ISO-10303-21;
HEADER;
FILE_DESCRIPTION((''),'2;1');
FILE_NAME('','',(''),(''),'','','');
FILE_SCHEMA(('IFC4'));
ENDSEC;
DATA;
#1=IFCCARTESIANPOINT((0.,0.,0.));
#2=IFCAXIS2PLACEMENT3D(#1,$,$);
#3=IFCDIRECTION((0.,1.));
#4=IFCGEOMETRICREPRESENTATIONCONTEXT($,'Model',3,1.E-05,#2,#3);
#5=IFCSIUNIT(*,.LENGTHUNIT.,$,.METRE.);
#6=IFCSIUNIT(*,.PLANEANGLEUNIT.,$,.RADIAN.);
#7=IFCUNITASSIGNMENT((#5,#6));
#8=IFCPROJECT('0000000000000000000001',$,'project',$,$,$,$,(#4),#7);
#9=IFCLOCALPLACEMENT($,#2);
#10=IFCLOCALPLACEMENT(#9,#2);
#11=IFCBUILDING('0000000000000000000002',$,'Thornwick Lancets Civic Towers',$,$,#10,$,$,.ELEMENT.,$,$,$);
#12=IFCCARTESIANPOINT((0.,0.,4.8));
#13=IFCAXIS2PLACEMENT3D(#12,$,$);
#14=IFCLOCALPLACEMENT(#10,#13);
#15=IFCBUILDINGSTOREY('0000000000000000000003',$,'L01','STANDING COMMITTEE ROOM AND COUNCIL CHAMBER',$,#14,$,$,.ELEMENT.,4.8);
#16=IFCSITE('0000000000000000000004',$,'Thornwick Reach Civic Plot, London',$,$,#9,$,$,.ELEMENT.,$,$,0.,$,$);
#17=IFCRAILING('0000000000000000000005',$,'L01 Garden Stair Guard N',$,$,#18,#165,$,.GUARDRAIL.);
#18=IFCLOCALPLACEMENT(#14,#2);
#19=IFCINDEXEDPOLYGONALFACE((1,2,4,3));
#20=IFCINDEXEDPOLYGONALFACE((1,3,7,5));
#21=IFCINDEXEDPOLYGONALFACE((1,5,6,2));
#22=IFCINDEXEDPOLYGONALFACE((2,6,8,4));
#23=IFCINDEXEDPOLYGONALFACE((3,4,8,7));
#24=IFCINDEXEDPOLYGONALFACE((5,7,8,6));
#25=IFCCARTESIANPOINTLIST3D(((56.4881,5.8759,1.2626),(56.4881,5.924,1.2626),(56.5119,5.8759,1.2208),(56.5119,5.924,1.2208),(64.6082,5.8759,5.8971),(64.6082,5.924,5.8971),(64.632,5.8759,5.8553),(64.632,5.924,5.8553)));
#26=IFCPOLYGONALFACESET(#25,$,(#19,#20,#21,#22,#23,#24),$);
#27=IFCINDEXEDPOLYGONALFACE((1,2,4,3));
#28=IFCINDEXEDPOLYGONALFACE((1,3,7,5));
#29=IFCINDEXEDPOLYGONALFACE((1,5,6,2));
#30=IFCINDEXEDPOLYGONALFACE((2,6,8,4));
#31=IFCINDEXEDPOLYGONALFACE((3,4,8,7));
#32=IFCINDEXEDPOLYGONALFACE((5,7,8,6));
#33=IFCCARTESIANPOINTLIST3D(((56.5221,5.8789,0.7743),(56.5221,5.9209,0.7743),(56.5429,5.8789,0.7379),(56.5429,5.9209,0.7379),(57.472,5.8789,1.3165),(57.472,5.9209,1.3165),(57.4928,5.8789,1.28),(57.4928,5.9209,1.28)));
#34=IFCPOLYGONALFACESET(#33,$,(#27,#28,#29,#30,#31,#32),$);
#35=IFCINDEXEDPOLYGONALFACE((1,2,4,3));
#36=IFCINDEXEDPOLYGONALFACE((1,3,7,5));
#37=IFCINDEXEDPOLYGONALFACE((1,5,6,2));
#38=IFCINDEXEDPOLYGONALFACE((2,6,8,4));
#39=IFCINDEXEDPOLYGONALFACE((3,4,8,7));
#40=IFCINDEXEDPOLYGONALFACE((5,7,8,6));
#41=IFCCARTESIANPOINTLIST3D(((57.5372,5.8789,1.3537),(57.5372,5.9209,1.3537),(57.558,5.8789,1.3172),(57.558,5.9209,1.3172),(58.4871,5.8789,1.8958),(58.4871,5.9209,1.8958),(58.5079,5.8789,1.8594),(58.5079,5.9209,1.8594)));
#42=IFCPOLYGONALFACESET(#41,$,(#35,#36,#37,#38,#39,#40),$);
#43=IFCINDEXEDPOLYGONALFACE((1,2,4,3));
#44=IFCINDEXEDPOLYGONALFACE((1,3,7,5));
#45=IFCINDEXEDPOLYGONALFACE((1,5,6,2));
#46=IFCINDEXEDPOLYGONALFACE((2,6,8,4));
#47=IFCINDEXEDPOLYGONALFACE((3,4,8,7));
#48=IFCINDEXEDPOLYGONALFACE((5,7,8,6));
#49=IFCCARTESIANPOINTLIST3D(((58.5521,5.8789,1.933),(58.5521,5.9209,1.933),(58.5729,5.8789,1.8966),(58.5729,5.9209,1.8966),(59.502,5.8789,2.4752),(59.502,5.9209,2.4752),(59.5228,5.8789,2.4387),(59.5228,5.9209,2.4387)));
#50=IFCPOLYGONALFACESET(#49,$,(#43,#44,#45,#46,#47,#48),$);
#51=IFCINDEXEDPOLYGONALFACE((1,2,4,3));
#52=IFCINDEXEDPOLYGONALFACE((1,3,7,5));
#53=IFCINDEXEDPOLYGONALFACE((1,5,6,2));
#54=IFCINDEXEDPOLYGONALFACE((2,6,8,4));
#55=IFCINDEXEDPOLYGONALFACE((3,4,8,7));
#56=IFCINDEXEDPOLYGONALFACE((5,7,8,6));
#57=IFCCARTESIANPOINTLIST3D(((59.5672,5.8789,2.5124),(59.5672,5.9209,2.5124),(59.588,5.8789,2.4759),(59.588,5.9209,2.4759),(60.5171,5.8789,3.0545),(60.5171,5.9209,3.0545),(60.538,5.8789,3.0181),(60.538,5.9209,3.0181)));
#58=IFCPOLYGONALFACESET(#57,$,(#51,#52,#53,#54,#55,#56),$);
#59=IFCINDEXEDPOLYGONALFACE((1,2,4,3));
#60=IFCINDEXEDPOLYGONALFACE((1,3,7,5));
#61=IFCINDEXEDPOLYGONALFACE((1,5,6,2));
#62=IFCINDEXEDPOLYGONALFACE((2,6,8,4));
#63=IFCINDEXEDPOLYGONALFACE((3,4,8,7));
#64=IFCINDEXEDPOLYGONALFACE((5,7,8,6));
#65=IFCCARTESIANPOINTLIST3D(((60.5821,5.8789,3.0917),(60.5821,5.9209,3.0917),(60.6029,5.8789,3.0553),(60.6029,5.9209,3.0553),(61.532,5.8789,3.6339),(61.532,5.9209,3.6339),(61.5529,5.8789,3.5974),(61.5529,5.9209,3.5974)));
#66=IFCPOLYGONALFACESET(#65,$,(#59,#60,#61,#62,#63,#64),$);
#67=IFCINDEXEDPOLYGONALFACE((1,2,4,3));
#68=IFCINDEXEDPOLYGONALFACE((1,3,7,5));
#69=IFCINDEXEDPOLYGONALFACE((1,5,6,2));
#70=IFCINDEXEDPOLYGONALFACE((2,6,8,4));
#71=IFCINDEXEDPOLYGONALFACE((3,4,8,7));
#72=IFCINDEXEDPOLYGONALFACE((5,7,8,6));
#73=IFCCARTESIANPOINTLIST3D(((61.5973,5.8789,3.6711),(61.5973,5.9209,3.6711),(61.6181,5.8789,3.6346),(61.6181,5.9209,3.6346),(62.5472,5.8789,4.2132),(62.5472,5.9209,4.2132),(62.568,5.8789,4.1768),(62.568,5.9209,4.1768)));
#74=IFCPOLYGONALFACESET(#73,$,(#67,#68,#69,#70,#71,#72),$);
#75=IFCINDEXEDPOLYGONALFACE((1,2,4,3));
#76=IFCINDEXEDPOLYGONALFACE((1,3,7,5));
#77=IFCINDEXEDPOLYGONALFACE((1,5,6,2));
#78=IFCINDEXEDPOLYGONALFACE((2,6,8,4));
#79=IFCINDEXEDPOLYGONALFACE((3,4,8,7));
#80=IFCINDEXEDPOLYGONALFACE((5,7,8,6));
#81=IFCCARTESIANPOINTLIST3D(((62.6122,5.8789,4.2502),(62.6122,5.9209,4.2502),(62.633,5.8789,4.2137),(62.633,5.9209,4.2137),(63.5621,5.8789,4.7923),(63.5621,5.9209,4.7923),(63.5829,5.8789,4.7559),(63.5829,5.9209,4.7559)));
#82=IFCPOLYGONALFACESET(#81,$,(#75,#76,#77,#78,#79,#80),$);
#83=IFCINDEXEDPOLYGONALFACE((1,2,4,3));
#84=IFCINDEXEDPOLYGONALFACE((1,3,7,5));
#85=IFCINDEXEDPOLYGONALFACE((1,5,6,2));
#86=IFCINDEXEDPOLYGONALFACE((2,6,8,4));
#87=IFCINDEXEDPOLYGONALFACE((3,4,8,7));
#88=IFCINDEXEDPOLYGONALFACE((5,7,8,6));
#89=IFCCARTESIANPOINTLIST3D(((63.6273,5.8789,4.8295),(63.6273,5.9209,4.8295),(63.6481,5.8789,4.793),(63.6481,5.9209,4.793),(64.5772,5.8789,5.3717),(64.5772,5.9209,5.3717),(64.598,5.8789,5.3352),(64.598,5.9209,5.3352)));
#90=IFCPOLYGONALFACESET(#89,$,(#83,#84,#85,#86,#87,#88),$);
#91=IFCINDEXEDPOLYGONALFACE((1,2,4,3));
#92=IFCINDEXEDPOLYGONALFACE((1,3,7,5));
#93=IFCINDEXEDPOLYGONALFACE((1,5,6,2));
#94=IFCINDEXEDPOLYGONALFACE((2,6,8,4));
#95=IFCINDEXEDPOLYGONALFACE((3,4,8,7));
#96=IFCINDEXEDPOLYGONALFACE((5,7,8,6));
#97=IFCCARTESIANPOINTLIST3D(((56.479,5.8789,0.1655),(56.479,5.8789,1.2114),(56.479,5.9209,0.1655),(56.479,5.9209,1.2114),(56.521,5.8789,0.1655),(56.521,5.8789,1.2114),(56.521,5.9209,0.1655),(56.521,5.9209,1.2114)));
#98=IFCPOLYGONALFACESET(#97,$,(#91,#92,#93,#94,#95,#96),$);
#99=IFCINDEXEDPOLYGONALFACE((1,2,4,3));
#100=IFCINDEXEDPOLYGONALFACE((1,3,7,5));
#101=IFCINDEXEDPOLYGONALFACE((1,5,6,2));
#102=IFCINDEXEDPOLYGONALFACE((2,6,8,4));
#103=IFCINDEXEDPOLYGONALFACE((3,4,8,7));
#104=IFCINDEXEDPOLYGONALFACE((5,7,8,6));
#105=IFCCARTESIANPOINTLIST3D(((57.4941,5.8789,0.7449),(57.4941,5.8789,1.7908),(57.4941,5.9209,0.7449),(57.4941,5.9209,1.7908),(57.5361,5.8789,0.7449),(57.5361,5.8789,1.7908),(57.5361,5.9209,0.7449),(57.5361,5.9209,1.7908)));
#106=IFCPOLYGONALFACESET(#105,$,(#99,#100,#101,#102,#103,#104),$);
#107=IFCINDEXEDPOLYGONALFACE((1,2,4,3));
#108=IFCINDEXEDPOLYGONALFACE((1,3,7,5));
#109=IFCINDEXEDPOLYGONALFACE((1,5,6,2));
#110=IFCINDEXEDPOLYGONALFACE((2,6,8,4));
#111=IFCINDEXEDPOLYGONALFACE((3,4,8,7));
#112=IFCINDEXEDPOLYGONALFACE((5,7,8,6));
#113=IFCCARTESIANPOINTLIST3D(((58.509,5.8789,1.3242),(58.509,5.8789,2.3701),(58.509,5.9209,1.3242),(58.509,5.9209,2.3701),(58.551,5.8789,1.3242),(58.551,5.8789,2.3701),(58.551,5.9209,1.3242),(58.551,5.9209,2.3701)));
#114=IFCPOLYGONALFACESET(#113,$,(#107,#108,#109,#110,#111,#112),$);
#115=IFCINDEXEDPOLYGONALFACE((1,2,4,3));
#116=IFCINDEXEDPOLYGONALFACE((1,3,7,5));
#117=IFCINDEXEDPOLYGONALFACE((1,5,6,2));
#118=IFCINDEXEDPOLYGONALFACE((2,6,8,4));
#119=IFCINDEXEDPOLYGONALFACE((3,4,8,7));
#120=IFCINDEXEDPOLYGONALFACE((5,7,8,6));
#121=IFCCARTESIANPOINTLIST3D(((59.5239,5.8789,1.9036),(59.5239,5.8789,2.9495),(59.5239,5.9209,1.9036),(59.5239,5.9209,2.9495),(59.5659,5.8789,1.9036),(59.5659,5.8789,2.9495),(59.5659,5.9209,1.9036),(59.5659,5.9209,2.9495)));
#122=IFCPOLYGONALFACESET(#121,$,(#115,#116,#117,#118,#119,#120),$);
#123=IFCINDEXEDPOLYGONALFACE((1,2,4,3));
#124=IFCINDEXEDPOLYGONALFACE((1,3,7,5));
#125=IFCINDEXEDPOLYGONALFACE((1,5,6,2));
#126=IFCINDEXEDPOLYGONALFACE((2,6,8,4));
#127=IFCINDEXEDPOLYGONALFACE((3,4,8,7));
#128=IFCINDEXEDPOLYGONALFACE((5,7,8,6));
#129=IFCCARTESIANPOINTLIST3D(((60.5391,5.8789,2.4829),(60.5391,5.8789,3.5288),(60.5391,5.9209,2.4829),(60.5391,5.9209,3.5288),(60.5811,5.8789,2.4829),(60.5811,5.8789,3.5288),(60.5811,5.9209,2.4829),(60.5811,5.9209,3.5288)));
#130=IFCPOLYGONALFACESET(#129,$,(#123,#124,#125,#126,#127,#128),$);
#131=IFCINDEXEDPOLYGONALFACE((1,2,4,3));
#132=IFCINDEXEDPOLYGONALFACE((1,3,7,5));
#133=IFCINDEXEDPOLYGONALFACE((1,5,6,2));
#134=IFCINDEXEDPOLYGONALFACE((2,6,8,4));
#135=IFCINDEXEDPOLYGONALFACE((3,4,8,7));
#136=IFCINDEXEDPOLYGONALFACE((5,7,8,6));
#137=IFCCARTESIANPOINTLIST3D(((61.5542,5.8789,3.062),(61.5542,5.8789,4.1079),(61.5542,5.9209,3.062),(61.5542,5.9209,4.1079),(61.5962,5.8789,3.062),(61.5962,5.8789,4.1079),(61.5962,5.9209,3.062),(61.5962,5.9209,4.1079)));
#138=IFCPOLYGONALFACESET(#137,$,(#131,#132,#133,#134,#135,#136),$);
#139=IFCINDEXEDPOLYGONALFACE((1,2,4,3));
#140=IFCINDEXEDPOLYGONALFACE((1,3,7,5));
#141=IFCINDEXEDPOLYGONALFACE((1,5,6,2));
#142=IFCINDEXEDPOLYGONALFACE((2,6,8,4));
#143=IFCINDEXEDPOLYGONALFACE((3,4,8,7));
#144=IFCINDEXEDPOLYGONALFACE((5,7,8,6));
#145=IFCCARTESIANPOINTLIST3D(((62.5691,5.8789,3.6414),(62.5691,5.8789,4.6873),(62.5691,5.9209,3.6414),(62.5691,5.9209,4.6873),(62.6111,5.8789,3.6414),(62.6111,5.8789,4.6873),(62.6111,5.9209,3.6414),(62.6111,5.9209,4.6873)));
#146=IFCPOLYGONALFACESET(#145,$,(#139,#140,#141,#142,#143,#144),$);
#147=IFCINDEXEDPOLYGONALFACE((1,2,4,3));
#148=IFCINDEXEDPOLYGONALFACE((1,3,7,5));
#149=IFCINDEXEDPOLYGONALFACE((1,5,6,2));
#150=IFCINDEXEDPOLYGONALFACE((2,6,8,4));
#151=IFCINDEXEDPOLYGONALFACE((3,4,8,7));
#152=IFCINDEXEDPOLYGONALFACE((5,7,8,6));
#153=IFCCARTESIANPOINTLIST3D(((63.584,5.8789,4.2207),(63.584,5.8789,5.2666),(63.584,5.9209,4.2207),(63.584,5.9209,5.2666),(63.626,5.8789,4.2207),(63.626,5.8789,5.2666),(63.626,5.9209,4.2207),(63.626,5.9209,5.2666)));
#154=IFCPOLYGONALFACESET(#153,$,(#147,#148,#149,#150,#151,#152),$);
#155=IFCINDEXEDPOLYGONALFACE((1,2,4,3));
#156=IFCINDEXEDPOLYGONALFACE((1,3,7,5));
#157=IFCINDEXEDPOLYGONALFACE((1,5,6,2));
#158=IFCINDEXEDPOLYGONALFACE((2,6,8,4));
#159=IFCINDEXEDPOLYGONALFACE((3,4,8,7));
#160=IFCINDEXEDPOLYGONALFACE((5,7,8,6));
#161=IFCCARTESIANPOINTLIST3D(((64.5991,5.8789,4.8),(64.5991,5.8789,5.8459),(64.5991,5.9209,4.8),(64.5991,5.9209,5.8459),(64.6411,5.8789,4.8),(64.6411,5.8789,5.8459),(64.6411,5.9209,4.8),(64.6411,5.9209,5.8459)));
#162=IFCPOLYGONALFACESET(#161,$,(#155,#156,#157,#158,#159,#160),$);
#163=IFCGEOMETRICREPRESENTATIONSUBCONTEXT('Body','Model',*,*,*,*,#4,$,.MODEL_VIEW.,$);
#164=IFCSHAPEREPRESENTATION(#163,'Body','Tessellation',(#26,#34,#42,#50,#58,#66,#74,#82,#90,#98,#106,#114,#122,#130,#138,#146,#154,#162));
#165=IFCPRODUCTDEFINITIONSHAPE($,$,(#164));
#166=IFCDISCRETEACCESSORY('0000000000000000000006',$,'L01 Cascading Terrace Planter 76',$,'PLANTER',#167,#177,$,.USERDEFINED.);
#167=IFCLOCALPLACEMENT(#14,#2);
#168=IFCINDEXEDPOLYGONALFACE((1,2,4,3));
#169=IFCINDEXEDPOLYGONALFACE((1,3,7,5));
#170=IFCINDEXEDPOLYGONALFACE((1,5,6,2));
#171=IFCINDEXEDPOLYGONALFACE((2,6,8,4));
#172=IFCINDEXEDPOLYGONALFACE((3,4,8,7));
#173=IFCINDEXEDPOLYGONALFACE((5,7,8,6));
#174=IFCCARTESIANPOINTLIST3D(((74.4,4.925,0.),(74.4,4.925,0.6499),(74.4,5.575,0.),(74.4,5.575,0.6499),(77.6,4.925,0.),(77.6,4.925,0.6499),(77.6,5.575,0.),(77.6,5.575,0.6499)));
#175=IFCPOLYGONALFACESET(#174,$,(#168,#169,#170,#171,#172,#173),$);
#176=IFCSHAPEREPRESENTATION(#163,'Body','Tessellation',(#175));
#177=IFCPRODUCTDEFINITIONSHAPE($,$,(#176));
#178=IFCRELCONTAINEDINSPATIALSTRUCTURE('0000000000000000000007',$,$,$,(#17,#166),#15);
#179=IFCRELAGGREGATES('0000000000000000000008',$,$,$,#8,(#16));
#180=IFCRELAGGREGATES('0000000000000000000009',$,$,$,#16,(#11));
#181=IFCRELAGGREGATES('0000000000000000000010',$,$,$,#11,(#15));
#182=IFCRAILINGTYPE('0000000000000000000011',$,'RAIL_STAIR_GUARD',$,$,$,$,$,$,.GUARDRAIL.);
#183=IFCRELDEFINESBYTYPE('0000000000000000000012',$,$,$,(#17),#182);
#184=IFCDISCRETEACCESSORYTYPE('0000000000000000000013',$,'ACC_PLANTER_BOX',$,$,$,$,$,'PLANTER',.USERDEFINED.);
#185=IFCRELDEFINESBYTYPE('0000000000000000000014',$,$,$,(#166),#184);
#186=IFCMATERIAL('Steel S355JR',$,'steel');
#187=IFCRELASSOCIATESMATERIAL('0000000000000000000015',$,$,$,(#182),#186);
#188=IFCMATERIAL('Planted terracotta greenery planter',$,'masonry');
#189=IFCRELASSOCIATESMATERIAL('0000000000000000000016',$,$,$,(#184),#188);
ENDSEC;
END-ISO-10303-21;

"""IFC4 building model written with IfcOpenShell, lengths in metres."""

from ifc_helpers import new_model, si_unit, direction, frame, origin, origin_2d, place, context, subcontext, project, spatial, rectangle, extrude, material, type_object, element, save


model = new_model("IFC4")

# Units and contexts
model_context = context("Model", 3, precision=1e-05, world=origin(), true_north=direction((0.0, 1.0)))
body_context = subcontext(model_context, "Body", "Model", "MODEL_VIEW")
ifc_project = project(units=[si_unit("LENGTHUNIT", "METRE"), si_unit("PLANEANGLEUNIT", "RADIAN")], contexts=[model_context])

# Site, building, storey
site_placement = place(None, origin())
site = spatial("IfcSite", under=ifc_project, at=site_placement, Name="Thornwick Reach Civic Plot, London", CompositionType="ELEMENT", RefElevation=0.0)
building_placement = place(site_placement, origin())
building = spatial("IfcBuilding", under=site, at=building_placement, Name="Thornwick Lancets Civic Towers", CompositionType="ELEMENT")
storey_placement = place(building_placement, frame((0.0, 0.0, 4.8)))
storey = spatial("IfcBuildingStorey", under=building, at=storey_placement, Name="L01", Description="STANDING COMMITTEE ROOM AND COUNCIL CHAMBER", CompositionType="ELEMENT", Elevation=4.8)

# Shared definitions
ifc_material_1 = material(Name="Steel S355JR", Category="steel")

# Railing
railing_type = type_object("IfcRailingType", Name="RAIL_STAIR_GUARD", PredefinedType="GUARDRAIL", material=ifc_material_1)
railing_1_placement = place(storey_placement, frame((56.5, 5.8999, 0.1655)))
element("IfcRailing", 1, at=railing_1_placement, inside=storey, type_object=railing_type, Name="L01 Garden Stair Guard N", PredefinedType="GUARDRAIL", context=body_context, shape_type="SweptSolid", body=[
    extrude(rectangle(XDim=0.0481, YDim=0.0481, at=origin_2d()), frame((0.0, 0.0, 1.0762), z_axis=(0.868499, 0.0, 0.495692), x_axis=(0.0, 1.0, 0.0)), (0.0, 0.0, 1.0), 9.3496),
    extrude(rectangle(XDim=0.042, YDim=0.042, at=origin_2d()), frame((0.0325, 0.0, 0.5906), z_axis=(0.868499, 0.0, 0.495692), x_axis=(0.0, 1.0, 0.0)), (0.0, 0.0, 1.0), 1.0938),
    extrude(rectangle(XDim=0.042, YDim=0.042, at=origin_2d()), frame((1.0476, 0.0, 1.1699), z_axis=(0.868499, 0.0, 0.495692), x_axis=(0.0, 1.0, 0.0)), (0.0, 0.0, 1.0), 1.0938),
    extrude(rectangle(XDim=0.042, YDim=0.042, at=origin_2d()), frame((2.0625, 0.0, 1.7493), z_axis=(0.868499, 0.0, 0.495692), x_axis=(0.0, 1.0, 0.0)), (0.0, 0.0, 1.0), 1.0938),
    extrude(rectangle(XDim=0.042, YDim=0.042, at=origin_2d()), frame((3.0776, 0.0, 2.3286), z_axis=(0.868499, 0.0, 0.495692), x_axis=(0.0, 1.0, 0.0)), (0.0, 0.0, 1.0), 1.0938),
    extrude(rectangle(XDim=0.042, YDim=0.042, at=origin_2d()), frame((4.0925, 0.0, 2.908), z_axis=(0.868499, 0.0, 0.495692), x_axis=(0.0, 1.0, 0.0)), (0.0, 0.0, 1.0), 1.0938),
    extrude(rectangle(XDim=0.042, YDim=0.042, at=origin_2d()), frame((5.1077, 0.0, 3.4873), z_axis=(0.868499, 0.0, 0.495692), x_axis=(0.0, 1.0, 0.0)), (0.0, 0.0, 1.0), 1.0938),
    extrude(rectangle(XDim=0.042, YDim=0.042, at=origin_2d()), frame((6.1226, 0.0, 4.0664), z_axis=(0.868499, 0.0, 0.495692), x_axis=(0.0, 1.0, 0.0)), (0.0, 0.0, 1.0), 1.0938),
    extrude(rectangle(XDim=0.042, YDim=0.042, at=origin_2d()), frame((7.1377, 0.0, 4.6458), z_axis=(0.868499, 0.0, 0.495692), x_axis=(0.0, 1.0, 0.0)), (0.0, 0.0, 1.0), 1.0938),
    extrude(rectangle(XDim=0.042, YDim=0.042, at=origin_2d()), origin(), (0.0, 0.0, 1.0), 1.0459),
    extrude(rectangle(XDim=0.042, YDim=0.042, at=origin_2d()), frame((1.0151, 0.0, 0.5793)), (0.0, 0.0, 1.0), 1.0459),
    extrude(rectangle(XDim=0.042, YDim=0.042, at=origin_2d()), frame((2.03, 0.0, 1.1587)), (0.0, 0.0, 1.0), 1.0459),
    extrude(rectangle(XDim=0.042, YDim=0.042, at=origin_2d()), frame((3.0449, 0.0, 1.738)), (0.0, 0.0, 1.0), 1.0459),
    extrude(rectangle(XDim=0.042, YDim=0.042, at=origin_2d()), frame((4.0601, 0.0, 2.3174)), (0.0, 0.0, 1.0), 1.0459),
    extrude(rectangle(XDim=0.042, YDim=0.042, at=origin_2d()), frame((5.0752, 0.0, 2.8965)), (0.0, 0.0, 1.0), 1.0459),
    extrude(rectangle(XDim=0.042, YDim=0.042, at=origin_2d()), frame((6.0901, 0.0, 3.4758)), (0.0, 0.0, 1.0), 1.0459),
    extrude(rectangle(XDim=0.042, YDim=0.042, at=origin_2d()), frame((7.105, 0.0, 4.0552)), (0.0, 0.0, 1.0), 1.0459),
    extrude(rectangle(XDim=0.042, YDim=0.042, at=origin_2d()), frame((8.1201, 0.0, 4.6345)), (0.0, 0.0, 1.0), 1.0459),
])

# Discrete accessory
ifc_material_2 = material(Name="Planted terracotta greenery planter", Category="masonry")
discrete_accessory_type = type_object("IfcDiscreteAccessoryType", Name="ACC_PLANTER_BOX", ElementType="PLANTER", PredefinedType="USERDEFINED", material=ifc_material_2)
discrete_accessory_placement = place(storey_placement, frame((76.0, 5.25, 0.0), z_axis=(0.0, 0.0, 1.0), x_axis=(1.0, 0.0, 0.0)))
element("IfcDiscreteAccessory", 2, at=discrete_accessory_placement, inside=storey, type_object=discrete_accessory_type, Name="L01 Cascading Terrace Planter 76", ObjectType="PLANTER", PredefinedType="USERDEFINED", context=body_context, shape_type="SweptSolid", body=[
    extrude(rectangle(XDim=3.2, YDim=0.6499, at=origin_2d()), origin(), (0.0, 0.0, 1.0), 0.6499),
])

save(model, "model.ifc")
